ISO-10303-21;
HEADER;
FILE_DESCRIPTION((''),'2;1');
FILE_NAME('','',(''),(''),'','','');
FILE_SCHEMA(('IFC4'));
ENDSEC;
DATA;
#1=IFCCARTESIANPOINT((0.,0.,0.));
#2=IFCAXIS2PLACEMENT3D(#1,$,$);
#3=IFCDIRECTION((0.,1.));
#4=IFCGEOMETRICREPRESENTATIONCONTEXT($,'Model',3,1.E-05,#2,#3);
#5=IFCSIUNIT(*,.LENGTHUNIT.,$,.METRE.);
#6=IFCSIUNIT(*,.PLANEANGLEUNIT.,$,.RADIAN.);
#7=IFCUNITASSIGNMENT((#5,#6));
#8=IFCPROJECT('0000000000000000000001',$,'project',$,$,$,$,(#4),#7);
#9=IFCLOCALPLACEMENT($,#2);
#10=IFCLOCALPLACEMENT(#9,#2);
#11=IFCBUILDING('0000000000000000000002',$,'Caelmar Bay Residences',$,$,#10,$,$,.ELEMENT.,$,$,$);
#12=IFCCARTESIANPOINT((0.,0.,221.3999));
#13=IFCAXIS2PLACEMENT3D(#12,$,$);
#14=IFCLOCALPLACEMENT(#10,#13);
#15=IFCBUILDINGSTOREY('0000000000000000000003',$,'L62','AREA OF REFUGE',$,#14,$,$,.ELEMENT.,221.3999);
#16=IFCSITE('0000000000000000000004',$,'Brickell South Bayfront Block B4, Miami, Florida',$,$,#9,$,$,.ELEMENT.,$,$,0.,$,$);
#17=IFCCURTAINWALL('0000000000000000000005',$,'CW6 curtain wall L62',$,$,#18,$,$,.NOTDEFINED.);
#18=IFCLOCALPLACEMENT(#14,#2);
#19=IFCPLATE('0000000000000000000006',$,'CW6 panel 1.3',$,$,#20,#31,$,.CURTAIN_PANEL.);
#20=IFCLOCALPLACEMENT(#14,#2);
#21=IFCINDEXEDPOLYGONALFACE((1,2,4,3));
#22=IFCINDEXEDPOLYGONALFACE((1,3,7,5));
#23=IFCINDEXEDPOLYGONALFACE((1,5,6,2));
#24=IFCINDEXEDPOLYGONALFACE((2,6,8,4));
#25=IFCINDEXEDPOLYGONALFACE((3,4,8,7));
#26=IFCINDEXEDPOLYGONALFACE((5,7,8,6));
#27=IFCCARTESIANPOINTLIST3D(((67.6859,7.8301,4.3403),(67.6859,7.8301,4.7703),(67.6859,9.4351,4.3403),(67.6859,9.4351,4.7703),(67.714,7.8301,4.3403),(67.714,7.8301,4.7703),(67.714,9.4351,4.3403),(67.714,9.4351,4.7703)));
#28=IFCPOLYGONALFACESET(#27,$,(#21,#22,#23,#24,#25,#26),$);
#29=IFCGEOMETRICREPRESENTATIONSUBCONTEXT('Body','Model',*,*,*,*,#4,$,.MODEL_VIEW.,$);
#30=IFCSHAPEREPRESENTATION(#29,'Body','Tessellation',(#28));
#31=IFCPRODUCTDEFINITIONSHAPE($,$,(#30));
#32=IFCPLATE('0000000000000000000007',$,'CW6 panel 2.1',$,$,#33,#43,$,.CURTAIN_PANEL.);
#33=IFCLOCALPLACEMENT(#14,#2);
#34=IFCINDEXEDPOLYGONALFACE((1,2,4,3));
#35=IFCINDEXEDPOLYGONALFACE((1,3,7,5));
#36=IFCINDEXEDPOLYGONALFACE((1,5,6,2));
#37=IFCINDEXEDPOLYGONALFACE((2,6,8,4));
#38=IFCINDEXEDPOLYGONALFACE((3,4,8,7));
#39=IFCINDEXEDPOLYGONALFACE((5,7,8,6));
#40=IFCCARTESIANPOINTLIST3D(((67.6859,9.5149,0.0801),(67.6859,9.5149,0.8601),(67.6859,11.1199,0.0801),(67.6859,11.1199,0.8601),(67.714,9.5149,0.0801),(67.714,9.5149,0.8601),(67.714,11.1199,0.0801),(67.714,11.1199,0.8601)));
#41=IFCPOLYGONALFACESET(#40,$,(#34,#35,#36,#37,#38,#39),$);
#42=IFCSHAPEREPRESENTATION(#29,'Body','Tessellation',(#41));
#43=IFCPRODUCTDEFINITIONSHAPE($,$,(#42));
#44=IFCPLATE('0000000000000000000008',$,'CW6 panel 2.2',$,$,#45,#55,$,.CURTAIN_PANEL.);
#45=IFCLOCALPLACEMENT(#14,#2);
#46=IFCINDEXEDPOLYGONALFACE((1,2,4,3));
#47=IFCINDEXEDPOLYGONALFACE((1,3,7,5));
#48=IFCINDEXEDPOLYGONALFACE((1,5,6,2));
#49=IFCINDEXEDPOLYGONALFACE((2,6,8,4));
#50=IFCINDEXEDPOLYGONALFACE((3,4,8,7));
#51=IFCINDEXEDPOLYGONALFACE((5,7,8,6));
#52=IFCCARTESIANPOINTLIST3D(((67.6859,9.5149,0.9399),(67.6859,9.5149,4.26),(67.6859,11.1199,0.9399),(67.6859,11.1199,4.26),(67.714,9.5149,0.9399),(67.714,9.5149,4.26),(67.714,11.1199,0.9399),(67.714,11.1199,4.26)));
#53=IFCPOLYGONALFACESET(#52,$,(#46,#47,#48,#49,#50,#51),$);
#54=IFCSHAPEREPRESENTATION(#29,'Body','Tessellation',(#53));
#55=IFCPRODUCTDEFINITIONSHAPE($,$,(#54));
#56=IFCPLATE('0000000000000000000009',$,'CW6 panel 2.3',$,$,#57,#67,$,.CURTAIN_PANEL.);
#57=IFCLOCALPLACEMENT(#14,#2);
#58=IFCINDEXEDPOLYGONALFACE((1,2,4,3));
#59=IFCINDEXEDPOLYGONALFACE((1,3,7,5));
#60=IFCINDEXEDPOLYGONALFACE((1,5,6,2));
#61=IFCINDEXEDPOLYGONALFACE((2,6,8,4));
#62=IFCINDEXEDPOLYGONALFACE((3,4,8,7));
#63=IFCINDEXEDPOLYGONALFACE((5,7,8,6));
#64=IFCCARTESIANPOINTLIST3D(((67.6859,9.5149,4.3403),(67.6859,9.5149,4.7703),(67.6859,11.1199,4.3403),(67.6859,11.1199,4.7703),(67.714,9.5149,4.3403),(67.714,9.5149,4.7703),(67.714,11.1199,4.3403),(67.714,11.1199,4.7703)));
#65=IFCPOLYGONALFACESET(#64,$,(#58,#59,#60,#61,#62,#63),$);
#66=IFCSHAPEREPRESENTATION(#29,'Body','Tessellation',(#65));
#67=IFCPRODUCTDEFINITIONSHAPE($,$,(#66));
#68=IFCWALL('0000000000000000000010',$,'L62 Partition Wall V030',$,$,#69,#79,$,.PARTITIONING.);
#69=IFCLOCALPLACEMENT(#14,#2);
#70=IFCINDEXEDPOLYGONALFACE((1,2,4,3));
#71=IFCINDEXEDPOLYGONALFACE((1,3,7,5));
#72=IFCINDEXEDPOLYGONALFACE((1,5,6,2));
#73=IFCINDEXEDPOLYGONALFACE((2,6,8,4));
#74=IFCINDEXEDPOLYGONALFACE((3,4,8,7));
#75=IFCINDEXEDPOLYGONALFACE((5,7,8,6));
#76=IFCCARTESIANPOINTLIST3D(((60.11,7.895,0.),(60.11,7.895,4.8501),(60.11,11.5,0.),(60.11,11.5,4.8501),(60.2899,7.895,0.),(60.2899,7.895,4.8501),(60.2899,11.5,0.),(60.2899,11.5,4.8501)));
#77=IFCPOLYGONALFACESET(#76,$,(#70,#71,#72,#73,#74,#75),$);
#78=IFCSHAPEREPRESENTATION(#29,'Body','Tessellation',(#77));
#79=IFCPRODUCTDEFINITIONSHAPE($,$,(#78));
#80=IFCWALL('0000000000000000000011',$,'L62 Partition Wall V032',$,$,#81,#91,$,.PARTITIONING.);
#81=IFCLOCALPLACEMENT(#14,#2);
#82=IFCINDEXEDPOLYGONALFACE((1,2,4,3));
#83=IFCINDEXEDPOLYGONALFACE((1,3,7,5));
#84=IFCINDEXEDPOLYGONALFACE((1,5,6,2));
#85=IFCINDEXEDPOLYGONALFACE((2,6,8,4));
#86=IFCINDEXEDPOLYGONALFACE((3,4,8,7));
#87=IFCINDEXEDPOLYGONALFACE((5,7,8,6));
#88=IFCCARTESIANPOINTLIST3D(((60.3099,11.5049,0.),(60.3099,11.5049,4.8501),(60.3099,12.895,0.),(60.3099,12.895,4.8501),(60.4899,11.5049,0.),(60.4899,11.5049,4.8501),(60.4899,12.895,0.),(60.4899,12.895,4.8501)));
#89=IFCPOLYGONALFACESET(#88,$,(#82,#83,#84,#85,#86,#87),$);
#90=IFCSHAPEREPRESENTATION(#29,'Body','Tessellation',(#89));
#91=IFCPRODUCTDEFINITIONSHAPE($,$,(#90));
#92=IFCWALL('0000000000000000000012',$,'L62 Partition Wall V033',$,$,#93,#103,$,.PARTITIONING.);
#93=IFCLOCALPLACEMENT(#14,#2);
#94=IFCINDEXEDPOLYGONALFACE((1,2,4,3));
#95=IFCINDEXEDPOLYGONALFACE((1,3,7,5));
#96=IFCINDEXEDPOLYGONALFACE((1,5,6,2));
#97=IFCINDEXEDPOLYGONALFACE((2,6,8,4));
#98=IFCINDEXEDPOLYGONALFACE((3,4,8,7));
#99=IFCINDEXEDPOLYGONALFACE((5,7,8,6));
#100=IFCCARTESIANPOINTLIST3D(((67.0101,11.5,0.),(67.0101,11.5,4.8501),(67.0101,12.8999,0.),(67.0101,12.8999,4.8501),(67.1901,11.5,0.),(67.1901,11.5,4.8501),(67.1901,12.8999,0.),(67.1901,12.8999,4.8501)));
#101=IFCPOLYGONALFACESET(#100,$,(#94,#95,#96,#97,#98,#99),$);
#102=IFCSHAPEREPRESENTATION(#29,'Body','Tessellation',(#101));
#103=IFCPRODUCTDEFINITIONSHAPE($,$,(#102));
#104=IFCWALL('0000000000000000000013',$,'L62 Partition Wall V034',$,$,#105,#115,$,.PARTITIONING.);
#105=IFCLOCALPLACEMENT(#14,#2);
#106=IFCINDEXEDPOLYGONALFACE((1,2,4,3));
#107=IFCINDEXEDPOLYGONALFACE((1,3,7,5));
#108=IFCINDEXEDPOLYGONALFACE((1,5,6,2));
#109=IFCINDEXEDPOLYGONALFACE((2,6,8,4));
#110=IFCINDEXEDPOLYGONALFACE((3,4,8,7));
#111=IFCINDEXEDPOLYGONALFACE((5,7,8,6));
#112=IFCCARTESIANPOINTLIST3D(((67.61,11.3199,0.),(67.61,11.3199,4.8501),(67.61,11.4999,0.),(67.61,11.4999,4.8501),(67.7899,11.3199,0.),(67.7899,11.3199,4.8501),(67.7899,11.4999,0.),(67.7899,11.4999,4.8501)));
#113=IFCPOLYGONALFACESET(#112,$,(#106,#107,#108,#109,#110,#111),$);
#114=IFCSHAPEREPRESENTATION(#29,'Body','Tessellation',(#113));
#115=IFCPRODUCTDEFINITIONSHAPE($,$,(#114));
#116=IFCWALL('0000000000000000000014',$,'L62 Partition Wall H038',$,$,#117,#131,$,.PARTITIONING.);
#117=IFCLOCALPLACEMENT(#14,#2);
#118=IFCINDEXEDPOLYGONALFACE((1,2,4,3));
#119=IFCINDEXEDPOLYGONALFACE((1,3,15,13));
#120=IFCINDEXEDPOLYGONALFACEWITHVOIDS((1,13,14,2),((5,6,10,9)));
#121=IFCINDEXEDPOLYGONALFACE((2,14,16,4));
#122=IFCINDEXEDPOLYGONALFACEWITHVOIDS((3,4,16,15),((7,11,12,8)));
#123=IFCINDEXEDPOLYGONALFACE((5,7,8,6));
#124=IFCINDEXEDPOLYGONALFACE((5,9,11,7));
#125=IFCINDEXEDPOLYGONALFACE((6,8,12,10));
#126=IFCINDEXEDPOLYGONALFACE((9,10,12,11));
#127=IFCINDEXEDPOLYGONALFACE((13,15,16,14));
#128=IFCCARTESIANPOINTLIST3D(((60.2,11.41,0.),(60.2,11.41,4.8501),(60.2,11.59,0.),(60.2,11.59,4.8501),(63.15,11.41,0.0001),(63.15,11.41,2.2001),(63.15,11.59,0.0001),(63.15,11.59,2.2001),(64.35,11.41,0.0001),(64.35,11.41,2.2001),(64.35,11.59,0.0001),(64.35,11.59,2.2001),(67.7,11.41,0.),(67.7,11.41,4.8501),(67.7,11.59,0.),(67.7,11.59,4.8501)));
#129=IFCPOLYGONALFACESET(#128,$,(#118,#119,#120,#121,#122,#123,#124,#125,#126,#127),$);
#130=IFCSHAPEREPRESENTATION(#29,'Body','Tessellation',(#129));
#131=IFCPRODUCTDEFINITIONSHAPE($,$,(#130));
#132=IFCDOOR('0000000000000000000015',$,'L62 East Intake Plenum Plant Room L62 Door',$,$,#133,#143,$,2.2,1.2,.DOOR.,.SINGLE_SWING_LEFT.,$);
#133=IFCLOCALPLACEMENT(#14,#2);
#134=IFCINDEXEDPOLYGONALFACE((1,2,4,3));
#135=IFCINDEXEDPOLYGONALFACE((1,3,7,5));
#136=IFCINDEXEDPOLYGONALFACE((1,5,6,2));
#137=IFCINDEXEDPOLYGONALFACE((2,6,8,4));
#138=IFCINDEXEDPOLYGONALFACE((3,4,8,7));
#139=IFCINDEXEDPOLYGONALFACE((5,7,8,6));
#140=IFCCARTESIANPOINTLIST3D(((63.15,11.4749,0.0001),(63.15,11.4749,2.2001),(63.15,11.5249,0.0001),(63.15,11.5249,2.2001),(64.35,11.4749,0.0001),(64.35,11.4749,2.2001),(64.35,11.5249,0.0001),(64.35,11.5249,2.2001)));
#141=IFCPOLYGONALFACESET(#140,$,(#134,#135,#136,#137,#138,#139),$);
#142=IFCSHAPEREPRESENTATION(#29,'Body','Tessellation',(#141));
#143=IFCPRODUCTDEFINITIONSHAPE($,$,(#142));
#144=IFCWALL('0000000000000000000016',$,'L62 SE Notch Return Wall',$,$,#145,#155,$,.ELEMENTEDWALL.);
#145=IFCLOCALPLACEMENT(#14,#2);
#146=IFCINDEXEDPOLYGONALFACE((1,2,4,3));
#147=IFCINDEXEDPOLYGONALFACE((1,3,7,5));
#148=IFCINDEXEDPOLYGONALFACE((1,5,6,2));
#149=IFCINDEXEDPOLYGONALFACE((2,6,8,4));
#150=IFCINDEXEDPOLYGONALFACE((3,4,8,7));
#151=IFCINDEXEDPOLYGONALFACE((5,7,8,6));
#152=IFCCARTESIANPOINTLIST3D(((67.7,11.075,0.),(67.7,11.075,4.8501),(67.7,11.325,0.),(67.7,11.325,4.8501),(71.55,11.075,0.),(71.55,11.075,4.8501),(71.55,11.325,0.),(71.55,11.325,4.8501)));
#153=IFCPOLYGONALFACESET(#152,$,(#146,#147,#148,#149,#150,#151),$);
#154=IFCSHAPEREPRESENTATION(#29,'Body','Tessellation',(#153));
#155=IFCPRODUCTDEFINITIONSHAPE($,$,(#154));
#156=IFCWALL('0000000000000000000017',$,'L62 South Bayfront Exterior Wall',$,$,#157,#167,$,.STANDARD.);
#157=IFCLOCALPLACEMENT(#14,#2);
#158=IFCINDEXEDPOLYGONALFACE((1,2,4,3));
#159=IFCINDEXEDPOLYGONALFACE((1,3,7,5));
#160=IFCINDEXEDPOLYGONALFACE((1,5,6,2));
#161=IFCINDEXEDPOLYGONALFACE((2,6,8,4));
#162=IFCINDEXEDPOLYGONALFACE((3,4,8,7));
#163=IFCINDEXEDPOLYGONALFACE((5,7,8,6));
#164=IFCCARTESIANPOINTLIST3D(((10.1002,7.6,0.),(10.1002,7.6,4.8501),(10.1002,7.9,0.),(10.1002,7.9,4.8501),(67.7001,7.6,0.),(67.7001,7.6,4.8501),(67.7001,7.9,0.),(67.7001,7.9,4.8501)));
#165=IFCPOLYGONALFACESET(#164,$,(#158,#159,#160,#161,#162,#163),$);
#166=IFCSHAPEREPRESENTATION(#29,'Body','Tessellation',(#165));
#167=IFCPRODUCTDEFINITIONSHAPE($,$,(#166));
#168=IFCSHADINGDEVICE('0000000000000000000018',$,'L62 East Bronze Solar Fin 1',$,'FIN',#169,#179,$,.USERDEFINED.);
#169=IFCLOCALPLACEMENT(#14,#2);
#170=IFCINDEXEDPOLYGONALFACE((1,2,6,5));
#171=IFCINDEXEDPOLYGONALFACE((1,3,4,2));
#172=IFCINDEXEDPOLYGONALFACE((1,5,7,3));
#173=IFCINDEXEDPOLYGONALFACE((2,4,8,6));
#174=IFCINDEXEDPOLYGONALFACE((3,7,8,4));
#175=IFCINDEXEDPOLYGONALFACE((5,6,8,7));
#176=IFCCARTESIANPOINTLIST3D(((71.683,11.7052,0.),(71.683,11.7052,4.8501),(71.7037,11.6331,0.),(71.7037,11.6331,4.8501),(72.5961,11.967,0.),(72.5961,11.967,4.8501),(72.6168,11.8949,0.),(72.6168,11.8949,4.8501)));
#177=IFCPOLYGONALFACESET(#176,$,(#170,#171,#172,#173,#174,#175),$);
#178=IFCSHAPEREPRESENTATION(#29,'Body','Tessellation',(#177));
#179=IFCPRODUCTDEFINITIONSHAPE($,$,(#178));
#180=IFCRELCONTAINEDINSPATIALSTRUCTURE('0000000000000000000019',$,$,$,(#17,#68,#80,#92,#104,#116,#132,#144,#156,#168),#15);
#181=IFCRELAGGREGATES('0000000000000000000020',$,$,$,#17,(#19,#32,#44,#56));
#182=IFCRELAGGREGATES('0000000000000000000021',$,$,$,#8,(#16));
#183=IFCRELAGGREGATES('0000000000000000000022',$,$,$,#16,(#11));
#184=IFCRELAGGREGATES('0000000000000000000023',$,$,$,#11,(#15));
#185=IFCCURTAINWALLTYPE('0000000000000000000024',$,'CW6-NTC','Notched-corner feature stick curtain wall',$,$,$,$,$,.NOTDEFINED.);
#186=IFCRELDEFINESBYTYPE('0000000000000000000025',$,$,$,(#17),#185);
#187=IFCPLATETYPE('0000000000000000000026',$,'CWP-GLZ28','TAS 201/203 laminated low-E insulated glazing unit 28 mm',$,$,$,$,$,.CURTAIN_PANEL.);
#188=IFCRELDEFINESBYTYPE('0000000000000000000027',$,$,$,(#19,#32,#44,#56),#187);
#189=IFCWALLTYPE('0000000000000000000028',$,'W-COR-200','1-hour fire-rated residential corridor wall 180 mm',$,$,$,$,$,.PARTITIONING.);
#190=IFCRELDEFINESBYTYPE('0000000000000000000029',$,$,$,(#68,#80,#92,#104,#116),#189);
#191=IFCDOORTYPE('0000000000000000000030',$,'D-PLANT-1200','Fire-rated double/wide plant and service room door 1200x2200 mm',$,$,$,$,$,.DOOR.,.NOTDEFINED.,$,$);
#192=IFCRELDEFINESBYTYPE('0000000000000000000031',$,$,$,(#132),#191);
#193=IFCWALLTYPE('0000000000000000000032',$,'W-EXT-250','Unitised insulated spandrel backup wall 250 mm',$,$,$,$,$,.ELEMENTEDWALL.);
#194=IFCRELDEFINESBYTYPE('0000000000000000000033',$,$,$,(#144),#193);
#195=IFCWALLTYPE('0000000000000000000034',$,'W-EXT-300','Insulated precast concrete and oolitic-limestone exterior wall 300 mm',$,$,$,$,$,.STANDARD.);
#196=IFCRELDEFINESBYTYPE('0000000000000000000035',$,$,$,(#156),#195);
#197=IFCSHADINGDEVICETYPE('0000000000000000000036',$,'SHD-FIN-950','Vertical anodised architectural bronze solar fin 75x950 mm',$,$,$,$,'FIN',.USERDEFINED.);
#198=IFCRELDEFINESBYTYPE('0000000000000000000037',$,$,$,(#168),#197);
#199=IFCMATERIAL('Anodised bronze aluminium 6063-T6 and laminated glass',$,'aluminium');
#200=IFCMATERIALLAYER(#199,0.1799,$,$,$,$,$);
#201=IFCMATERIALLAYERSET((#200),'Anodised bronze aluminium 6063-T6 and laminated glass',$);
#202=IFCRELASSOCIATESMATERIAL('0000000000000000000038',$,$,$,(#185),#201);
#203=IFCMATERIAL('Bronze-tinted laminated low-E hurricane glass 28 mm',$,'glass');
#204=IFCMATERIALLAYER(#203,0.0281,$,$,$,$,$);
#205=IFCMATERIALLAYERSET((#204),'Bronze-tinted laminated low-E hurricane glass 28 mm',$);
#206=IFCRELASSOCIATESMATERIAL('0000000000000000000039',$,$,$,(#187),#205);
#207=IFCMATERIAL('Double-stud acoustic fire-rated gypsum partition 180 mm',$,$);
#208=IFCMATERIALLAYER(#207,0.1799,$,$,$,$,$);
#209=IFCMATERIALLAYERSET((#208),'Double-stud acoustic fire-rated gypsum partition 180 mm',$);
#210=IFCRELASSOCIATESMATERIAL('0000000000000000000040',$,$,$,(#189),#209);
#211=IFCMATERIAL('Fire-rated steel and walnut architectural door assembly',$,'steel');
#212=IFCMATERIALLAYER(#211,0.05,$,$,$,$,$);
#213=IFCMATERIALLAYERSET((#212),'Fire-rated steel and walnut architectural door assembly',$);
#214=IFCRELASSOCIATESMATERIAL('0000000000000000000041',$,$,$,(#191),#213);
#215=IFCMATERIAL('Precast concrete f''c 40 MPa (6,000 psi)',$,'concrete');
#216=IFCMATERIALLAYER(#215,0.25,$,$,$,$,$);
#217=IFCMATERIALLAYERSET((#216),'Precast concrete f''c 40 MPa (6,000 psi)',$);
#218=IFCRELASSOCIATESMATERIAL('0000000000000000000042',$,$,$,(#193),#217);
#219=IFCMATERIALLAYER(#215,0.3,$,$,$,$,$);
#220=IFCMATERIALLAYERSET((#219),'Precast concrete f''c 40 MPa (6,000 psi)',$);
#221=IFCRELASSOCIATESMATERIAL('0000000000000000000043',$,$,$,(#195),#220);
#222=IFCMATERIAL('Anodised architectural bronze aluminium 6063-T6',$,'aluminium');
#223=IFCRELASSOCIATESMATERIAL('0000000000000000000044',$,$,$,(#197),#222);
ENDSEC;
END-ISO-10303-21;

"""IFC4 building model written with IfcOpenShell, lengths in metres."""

from ifc_helpers import new_model, si_unit, direction, frame, frame_2d, origin, origin_2d, place, context, subcontext, project, spatial, rectangle, extrude, material, layer, layer_set, material_profile, profile_set, type_object, element, fill, aggregate, save


model = new_model("IFC4")

# Units and contexts
model_context = context("Model", 3, precision=1e-05, world=origin(), true_north=direction((0.0, 1.0)))
body_context = subcontext(model_context, "Body", "Model", "MODEL_VIEW")
ifc_project = project(units=[si_unit("LENGTHUNIT", "METRE"), si_unit("PLANEANGLEUNIT", "RADIAN")], contexts=[model_context])

# Site, building, storey
site_placement = place(None, origin())
site = spatial("IfcSite", under=ifc_project, at=site_placement, Name="Brickell South Bayfront Block B4, Miami, Florida", CompositionType="ELEMENT", RefElevation=0.0)
building_placement = place(site_placement, origin())
building = spatial("IfcBuilding", under=site, at=building_placement, Name="Caelmar Bay Residences", CompositionType="ELEMENT")
storey_placement = place(building_placement, frame((0.0, 0.0, 221.3999)))
storey = spatial("IfcBuildingStorey", under=building, at=storey_placement, Name="L62", Description="AREA OF REFUGE", CompositionType="ELEMENT", Elevation=221.3999)

# Curtain wall
ifc_material_1 = material(Name="Anodised bronze aluminium 6063-T6 and laminated glass", Category="aluminium")
ifc_layer_1 = layer(ifc_material_1, 0.1799)
ifc_layer_set_1 = layer_set([ifc_layer_1], Name="Anodised bronze aluminium 6063-T6 and laminated glass")
curtain_wall_type_1 = type_object("IfcCurtainWallType", Name="CW6-NTC", Description="Notched-corner feature stick curtain wall", PredefinedType="NOTDEFINED", material=ifc_layer_set_1)
curtain_wall_1_placement = place(storey_placement, origin())
curtain_wall_1 = element("IfcCurtainWall", 1, at=curtain_wall_1_placement, inside=storey, type_object=curtain_wall_type_1, Name="CW6 curtain wall L62", PredefinedType="NOTDEFINED")

# Plates
ifc_material_2 = material(Name="Bronze-tinted laminated low-E hurricane glass 28 mm", Category="glass")
ifc_layer_2 = layer(ifc_material_2, 0.0281)
ifc_layer_set_2 = layer_set([ifc_layer_2], Name="Bronze-tinted laminated low-E hurricane glass 28 mm")
plate_type = type_object("IfcPlateType", Name="CWP-GLZ28", Description="TAS 201/203 laminated low-E insulated glazing unit 28 mm", PredefinedType="CURTAIN_PANEL", material=ifc_layer_set_2)
plate_1_placement = place(storey_placement, frame((67.7, 8.6326, 4.3403), z_axis=(0.0, 0.0, 1.0), x_axis=(0.0, 1.0, 0.0)))
plate_1 = element("IfcPlate", 2, at=plate_1_placement, type_object=plate_type, Name="CW6 panel 1.3", PredefinedType="CURTAIN_PANEL", context=body_context, shape_type="SweptSolid", body=[
    extrude(rectangle(XDim=1.605, YDim=0.0281, at=origin_2d()), origin(), (0.0, 0.0, 1.0), 0.4299),
])
plate_2_placement = place(storey_placement, frame((67.7, 10.3174, 0.0801), z_axis=(0.0, 0.0, 1.0), x_axis=(0.0, 1.0, 0.0)))
plate_2 = element("IfcPlate", 3, at=plate_2_placement, type_object=plate_type, Name="CW6 panel 2.1", PredefinedType="CURTAIN_PANEL", context=body_context, shape_type="SweptSolid", body=[
    extrude(rectangle(XDim=1.605, YDim=0.0281, at=origin_2d()), origin(), (0.0, 0.0, 1.0), 0.78),
])
plate_3_placement = place(storey_placement, frame((67.7, 10.3174, 0.9399), z_axis=(0.0, 0.0, 1.0), x_axis=(0.0, 1.0, 0.0)))
plate_3 = element("IfcPlate", 4, at=plate_3_placement, type_object=plate_type, Name="CW6 panel 2.2", PredefinedType="CURTAIN_PANEL", context=body_context, shape_type="SweptSolid", body=[
    extrude(rectangle(XDim=1.605, YDim=0.0281, at=origin_2d()), origin(), (0.0, 0.0, 1.0), 3.3201),
])
plate_4_placement = place(storey_placement, frame((67.7, 10.3174, 4.3403), z_axis=(0.0, 0.0, 1.0), x_axis=(0.0, 1.0, 0.0)))
plate_4 = element("IfcPlate", 5, at=plate_4_placement, type_object=plate_type, Name="CW6 panel 2.3", PredefinedType="CURTAIN_PANEL", context=body_context, shape_type="SweptSolid", body=[
    extrude(rectangle(XDim=1.605, YDim=0.0281, at=origin_2d()), origin(), (0.0, 0.0, 1.0), 0.4299),
])
aggregate(curtain_wall_1, [plate_1, plate_2, plate_3, plate_4])

# Walls
ifc_material_3 = material(Name="Double-stud acoustic fire-rated gypsum partition 180 mm")
ifc_layer_3 = layer(ifc_material_3, 0.1799)
ifc_layer_set_3 = layer_set([ifc_layer_3], Name="Double-stud acoustic fire-rated gypsum partition 180 mm")
wall_type_1 = type_object("IfcWallType", Name="W-COR-200", Description="1-hour fire-rated residential corridor wall 180 mm", PredefinedType="PARTITIONING", material=ifc_layer_set_3)
wall_1_placement = place(storey_placement, frame((60.2, 7.895, 0.0), z_axis=(0.0, 0.0, 1.0), x_axis=(0.0, 1.0, 0.0)))
element("IfcWall", 6, at=wall_1_placement, inside=storey, type_object=wall_type_1, Name="L62 Partition Wall V030", PredefinedType="PARTITIONING", context=body_context, shape_type="SweptSolid", body=[
    extrude(rectangle(XDim=3.605, YDim=0.1799, at=frame_2d((1.8025, 0.0))), origin(), (0.0, 0.0, 1.0), 4.8501),
])
wall_2_placement = place(storey_placement, frame((60.3999, 11.5049, 0.0), z_axis=(0.0, 0.0, 1.0), x_axis=(0.0, 1.0, 0.0)))
element("IfcWall", 7, at=wall_2_placement, inside=storey, type_object=wall_type_1, Name="L62 Partition Wall V032", PredefinedType="PARTITIONING", context=body_context, shape_type="SweptSolid", body=[
    extrude(rectangle(XDim=1.3901, YDim=0.1799, at=frame_2d((0.6951, 0.0))), origin(), (0.0, 0.0, 1.0), 4.8501),
])
wall_3_placement = place(storey_placement, frame((67.1001, 11.5, 0.0), z_axis=(0.0, 0.0, 1.0), x_axis=(0.0, 1.0, 0.0)))
element("IfcWall", 8, at=wall_3_placement, inside=storey, type_object=wall_type_1, Name="L62 Partition Wall V033", PredefinedType="PARTITIONING", context=body_context, shape_type="SweptSolid", body=[
    extrude(rectangle(XDim=1.3999, YDim=0.1799, at=frame_2d((0.7, 0.0))), origin(), (0.0, 0.0, 1.0), 4.8501),
])
wall_4_placement = place(storey_placement, frame((67.7, 11.3201, 0.0), z_axis=(0.0, 0.0, 1.0), x_axis=(0.0, 1.0, 0.0)))
element("IfcWall", 9, at=wall_4_placement, inside=storey, type_object=wall_type_1, Name="L62 Partition Wall V034", PredefinedType="PARTITIONING", context=body_context, shape_type="SweptSolid", body=[
    extrude(rectangle(XDim=0.1799, YDim=0.1799, at=frame_2d((0.0898, 0.0))), origin(), (0.0, 0.0, 1.0), 4.8501),
])

# Wall, opening, door
wall_5_placement = place(storey_placement, frame((60.2, 11.5, 0.0), z_axis=(0.0, 0.0, 1.0), x_axis=(1.0, 0.0, 0.0)))
wall_5 = element("IfcWall", 10, at=wall_5_placement, inside=storey, type_object=wall_type_1, Name="L62 Partition Wall H038", PredefinedType="PARTITIONING", context=body_context, shape_type="SweptSolid", body=[
    extrude(rectangle(XDim=7.5, YDim=0.1799, at=frame_2d((3.75, 0.0))), origin(), (0.0, 0.0, 1.0), 4.8501),
])
opening_placement = place(wall_5_placement, frame((2.95, 0.0, 0.0)))
opening = element("IfcOpeningElement", 11, at=opening_placement, cuts=wall_5, PredefinedType="OPENING", context=body_context, shape_type="SweptSolid", body=[
    extrude(rectangle(XDim=1.2, YDim=2.2, at=frame_2d((0.6001, 1.1001))), frame((0.0, 0.0999, 0.0), z_axis=(0.0, -1.0, 0.0), x_axis=(1.0, 0.0, 0.0)), (0.0, 0.0, 1.0), 0.2),
])
ifc_material_4 = material(Name="Fire-rated steel and walnut architectural door assembly", Category="steel")
ifc_layer_4 = layer(ifc_material_4, 0.05)
ifc_layer_set_4 = layer_set([ifc_layer_4], Name="Fire-rated steel and walnut architectural door assembly")
door_type = type_object("IfcDoorType", Name="D-PLANT-1200", Description="Fire-rated double/wide plant and service room door 1200x2200 mm", OperationType="NOTDEFINED", PredefinedType="DOOR", material=ifc_layer_set_4)
door_placement = place(opening_placement, origin())
door = element("IfcDoor", 12, at=door_placement, inside=storey, type_object=door_type, Name="L62 East Intake Plenum Plant Room L62 Door", OperationType="SINGLE_SWING_LEFT", OverallHeight=2.2, OverallWidth=1.2, PredefinedType="DOOR", context=body_context, shape_type="SweptSolid", body=[
    extrude(rectangle(XDim=1.2, YDim=2.2, at=frame_2d((0.6001, 1.1001))), frame((0.0, 0.0249, 0.0), z_axis=(0.0, -1.0, 0.0), x_axis=(1.0, 0.0, 0.0)), (0.0, 0.0, 1.0), 0.05),
])
fill(opening, door)

# Walls
ifc_material_5 = material(Name="Precast concrete f'c 40 MPa (6,000 psi)", Category="concrete")
ifc_layer_5 = layer(ifc_material_5, 0.25)
ifc_layer_set_5 = layer_set([ifc_layer_5], Name="Precast concrete f'c 40 MPa (6,000 psi)")
wall_type_2 = type_object("IfcWallType", Name="W-EXT-250", Description="Unitised insulated spandrel backup wall 250 mm", PredefinedType="ELEMENTEDWALL", material=ifc_layer_set_5)
wall_6_placement = place(storey_placement, frame((67.7, 11.2, 0.0), z_axis=(0.0, 0.0, 1.0), x_axis=(1.0, 0.0, 0.0)))
element("IfcWall", 13, at=wall_6_placement, inside=storey, type_object=wall_type_2, Name="L62 SE Notch Return Wall", PredefinedType="ELEMENTEDWALL", context=body_context, shape_type="SweptSolid", body=[
    extrude(rectangle(XDim=3.8501, YDim=0.25, at=frame_2d((1.925, 0.0))), origin(), (0.0, 0.0, 1.0), 4.8501),
])
ifc_layer_6 = layer(ifc_material_5, 0.3)
ifc_layer_set_6 = layer_set([ifc_layer_6], Name="Precast concrete f'c 40 MPa (6,000 psi)")
wall_type_3 = type_object("IfcWallType", Name="W-EXT-300", Description="Insulated precast concrete and oolitic-limestone exterior wall 300 mm", PredefinedType="STANDARD", material=ifc_layer_set_6)
wall_7_placement = place(storey_placement, frame((67.7, 7.75, 0.0), z_axis=(0.0, 0.0, 1.0), x_axis=(-1.0, 0.0, 0.0)))
element("IfcWall", 14, at=wall_7_placement, inside=storey, type_object=wall_type_3, Name="L62 South Bayfront Exterior Wall", PredefinedType="STANDARD", context=body_context, shape_type="SweptSolid", body=[
    extrude(rectangle(XDim=57.5999, YDim=0.3, at=frame_2d((28.7998, 0.0))), origin(), (0.0, 0.0, 1.0), 4.8501),
])

# Shading device
ifc_material_6 = material(Name="Anodised architectural bronze aluminium 6063-T6", Category="aluminium")
ifc_material_profile_1 = material_profile(ifc_material_6, rectangle(XDim=0.075, YDim=0.95, at=origin_2d()), Name="BRONZE-FIN-75X950")
ifc_profile_set_1 = profile_set([ifc_material_profile_1], Name="Anodised architectural bronze aluminium 6063-T6")
shading_device_type = type_object("IfcShadingDeviceType", Name="SHD-FIN-950", Description="Vertical anodised architectural bronze solar fin 75x950 mm", ElementType="FIN", PredefinedType="USERDEFINED", material=ifc_profile_set_1)
shading_device_placement = place(storey_placement, frame((72.1499, 11.8, 0.0), z_axis=(0.0, 0.0, 1.0), x_axis=(-0.275637, 0.961262, 0.0)))
element("IfcShadingDevice", 15, at=shading_device_placement, inside=storey, type_object=shading_device_type, Name="L62 East Bronze Solar Fin 1", ObjectType="FIN", PredefinedType="USERDEFINED", context=body_context, shape_type="SweptSolid", body=[
    extrude(rectangle(XDim=0.075, YDim=0.95, at=origin_2d()), origin(), (0.0, 0.0, 1.0), 4.8501),
])

save(model, "model.ifc")
